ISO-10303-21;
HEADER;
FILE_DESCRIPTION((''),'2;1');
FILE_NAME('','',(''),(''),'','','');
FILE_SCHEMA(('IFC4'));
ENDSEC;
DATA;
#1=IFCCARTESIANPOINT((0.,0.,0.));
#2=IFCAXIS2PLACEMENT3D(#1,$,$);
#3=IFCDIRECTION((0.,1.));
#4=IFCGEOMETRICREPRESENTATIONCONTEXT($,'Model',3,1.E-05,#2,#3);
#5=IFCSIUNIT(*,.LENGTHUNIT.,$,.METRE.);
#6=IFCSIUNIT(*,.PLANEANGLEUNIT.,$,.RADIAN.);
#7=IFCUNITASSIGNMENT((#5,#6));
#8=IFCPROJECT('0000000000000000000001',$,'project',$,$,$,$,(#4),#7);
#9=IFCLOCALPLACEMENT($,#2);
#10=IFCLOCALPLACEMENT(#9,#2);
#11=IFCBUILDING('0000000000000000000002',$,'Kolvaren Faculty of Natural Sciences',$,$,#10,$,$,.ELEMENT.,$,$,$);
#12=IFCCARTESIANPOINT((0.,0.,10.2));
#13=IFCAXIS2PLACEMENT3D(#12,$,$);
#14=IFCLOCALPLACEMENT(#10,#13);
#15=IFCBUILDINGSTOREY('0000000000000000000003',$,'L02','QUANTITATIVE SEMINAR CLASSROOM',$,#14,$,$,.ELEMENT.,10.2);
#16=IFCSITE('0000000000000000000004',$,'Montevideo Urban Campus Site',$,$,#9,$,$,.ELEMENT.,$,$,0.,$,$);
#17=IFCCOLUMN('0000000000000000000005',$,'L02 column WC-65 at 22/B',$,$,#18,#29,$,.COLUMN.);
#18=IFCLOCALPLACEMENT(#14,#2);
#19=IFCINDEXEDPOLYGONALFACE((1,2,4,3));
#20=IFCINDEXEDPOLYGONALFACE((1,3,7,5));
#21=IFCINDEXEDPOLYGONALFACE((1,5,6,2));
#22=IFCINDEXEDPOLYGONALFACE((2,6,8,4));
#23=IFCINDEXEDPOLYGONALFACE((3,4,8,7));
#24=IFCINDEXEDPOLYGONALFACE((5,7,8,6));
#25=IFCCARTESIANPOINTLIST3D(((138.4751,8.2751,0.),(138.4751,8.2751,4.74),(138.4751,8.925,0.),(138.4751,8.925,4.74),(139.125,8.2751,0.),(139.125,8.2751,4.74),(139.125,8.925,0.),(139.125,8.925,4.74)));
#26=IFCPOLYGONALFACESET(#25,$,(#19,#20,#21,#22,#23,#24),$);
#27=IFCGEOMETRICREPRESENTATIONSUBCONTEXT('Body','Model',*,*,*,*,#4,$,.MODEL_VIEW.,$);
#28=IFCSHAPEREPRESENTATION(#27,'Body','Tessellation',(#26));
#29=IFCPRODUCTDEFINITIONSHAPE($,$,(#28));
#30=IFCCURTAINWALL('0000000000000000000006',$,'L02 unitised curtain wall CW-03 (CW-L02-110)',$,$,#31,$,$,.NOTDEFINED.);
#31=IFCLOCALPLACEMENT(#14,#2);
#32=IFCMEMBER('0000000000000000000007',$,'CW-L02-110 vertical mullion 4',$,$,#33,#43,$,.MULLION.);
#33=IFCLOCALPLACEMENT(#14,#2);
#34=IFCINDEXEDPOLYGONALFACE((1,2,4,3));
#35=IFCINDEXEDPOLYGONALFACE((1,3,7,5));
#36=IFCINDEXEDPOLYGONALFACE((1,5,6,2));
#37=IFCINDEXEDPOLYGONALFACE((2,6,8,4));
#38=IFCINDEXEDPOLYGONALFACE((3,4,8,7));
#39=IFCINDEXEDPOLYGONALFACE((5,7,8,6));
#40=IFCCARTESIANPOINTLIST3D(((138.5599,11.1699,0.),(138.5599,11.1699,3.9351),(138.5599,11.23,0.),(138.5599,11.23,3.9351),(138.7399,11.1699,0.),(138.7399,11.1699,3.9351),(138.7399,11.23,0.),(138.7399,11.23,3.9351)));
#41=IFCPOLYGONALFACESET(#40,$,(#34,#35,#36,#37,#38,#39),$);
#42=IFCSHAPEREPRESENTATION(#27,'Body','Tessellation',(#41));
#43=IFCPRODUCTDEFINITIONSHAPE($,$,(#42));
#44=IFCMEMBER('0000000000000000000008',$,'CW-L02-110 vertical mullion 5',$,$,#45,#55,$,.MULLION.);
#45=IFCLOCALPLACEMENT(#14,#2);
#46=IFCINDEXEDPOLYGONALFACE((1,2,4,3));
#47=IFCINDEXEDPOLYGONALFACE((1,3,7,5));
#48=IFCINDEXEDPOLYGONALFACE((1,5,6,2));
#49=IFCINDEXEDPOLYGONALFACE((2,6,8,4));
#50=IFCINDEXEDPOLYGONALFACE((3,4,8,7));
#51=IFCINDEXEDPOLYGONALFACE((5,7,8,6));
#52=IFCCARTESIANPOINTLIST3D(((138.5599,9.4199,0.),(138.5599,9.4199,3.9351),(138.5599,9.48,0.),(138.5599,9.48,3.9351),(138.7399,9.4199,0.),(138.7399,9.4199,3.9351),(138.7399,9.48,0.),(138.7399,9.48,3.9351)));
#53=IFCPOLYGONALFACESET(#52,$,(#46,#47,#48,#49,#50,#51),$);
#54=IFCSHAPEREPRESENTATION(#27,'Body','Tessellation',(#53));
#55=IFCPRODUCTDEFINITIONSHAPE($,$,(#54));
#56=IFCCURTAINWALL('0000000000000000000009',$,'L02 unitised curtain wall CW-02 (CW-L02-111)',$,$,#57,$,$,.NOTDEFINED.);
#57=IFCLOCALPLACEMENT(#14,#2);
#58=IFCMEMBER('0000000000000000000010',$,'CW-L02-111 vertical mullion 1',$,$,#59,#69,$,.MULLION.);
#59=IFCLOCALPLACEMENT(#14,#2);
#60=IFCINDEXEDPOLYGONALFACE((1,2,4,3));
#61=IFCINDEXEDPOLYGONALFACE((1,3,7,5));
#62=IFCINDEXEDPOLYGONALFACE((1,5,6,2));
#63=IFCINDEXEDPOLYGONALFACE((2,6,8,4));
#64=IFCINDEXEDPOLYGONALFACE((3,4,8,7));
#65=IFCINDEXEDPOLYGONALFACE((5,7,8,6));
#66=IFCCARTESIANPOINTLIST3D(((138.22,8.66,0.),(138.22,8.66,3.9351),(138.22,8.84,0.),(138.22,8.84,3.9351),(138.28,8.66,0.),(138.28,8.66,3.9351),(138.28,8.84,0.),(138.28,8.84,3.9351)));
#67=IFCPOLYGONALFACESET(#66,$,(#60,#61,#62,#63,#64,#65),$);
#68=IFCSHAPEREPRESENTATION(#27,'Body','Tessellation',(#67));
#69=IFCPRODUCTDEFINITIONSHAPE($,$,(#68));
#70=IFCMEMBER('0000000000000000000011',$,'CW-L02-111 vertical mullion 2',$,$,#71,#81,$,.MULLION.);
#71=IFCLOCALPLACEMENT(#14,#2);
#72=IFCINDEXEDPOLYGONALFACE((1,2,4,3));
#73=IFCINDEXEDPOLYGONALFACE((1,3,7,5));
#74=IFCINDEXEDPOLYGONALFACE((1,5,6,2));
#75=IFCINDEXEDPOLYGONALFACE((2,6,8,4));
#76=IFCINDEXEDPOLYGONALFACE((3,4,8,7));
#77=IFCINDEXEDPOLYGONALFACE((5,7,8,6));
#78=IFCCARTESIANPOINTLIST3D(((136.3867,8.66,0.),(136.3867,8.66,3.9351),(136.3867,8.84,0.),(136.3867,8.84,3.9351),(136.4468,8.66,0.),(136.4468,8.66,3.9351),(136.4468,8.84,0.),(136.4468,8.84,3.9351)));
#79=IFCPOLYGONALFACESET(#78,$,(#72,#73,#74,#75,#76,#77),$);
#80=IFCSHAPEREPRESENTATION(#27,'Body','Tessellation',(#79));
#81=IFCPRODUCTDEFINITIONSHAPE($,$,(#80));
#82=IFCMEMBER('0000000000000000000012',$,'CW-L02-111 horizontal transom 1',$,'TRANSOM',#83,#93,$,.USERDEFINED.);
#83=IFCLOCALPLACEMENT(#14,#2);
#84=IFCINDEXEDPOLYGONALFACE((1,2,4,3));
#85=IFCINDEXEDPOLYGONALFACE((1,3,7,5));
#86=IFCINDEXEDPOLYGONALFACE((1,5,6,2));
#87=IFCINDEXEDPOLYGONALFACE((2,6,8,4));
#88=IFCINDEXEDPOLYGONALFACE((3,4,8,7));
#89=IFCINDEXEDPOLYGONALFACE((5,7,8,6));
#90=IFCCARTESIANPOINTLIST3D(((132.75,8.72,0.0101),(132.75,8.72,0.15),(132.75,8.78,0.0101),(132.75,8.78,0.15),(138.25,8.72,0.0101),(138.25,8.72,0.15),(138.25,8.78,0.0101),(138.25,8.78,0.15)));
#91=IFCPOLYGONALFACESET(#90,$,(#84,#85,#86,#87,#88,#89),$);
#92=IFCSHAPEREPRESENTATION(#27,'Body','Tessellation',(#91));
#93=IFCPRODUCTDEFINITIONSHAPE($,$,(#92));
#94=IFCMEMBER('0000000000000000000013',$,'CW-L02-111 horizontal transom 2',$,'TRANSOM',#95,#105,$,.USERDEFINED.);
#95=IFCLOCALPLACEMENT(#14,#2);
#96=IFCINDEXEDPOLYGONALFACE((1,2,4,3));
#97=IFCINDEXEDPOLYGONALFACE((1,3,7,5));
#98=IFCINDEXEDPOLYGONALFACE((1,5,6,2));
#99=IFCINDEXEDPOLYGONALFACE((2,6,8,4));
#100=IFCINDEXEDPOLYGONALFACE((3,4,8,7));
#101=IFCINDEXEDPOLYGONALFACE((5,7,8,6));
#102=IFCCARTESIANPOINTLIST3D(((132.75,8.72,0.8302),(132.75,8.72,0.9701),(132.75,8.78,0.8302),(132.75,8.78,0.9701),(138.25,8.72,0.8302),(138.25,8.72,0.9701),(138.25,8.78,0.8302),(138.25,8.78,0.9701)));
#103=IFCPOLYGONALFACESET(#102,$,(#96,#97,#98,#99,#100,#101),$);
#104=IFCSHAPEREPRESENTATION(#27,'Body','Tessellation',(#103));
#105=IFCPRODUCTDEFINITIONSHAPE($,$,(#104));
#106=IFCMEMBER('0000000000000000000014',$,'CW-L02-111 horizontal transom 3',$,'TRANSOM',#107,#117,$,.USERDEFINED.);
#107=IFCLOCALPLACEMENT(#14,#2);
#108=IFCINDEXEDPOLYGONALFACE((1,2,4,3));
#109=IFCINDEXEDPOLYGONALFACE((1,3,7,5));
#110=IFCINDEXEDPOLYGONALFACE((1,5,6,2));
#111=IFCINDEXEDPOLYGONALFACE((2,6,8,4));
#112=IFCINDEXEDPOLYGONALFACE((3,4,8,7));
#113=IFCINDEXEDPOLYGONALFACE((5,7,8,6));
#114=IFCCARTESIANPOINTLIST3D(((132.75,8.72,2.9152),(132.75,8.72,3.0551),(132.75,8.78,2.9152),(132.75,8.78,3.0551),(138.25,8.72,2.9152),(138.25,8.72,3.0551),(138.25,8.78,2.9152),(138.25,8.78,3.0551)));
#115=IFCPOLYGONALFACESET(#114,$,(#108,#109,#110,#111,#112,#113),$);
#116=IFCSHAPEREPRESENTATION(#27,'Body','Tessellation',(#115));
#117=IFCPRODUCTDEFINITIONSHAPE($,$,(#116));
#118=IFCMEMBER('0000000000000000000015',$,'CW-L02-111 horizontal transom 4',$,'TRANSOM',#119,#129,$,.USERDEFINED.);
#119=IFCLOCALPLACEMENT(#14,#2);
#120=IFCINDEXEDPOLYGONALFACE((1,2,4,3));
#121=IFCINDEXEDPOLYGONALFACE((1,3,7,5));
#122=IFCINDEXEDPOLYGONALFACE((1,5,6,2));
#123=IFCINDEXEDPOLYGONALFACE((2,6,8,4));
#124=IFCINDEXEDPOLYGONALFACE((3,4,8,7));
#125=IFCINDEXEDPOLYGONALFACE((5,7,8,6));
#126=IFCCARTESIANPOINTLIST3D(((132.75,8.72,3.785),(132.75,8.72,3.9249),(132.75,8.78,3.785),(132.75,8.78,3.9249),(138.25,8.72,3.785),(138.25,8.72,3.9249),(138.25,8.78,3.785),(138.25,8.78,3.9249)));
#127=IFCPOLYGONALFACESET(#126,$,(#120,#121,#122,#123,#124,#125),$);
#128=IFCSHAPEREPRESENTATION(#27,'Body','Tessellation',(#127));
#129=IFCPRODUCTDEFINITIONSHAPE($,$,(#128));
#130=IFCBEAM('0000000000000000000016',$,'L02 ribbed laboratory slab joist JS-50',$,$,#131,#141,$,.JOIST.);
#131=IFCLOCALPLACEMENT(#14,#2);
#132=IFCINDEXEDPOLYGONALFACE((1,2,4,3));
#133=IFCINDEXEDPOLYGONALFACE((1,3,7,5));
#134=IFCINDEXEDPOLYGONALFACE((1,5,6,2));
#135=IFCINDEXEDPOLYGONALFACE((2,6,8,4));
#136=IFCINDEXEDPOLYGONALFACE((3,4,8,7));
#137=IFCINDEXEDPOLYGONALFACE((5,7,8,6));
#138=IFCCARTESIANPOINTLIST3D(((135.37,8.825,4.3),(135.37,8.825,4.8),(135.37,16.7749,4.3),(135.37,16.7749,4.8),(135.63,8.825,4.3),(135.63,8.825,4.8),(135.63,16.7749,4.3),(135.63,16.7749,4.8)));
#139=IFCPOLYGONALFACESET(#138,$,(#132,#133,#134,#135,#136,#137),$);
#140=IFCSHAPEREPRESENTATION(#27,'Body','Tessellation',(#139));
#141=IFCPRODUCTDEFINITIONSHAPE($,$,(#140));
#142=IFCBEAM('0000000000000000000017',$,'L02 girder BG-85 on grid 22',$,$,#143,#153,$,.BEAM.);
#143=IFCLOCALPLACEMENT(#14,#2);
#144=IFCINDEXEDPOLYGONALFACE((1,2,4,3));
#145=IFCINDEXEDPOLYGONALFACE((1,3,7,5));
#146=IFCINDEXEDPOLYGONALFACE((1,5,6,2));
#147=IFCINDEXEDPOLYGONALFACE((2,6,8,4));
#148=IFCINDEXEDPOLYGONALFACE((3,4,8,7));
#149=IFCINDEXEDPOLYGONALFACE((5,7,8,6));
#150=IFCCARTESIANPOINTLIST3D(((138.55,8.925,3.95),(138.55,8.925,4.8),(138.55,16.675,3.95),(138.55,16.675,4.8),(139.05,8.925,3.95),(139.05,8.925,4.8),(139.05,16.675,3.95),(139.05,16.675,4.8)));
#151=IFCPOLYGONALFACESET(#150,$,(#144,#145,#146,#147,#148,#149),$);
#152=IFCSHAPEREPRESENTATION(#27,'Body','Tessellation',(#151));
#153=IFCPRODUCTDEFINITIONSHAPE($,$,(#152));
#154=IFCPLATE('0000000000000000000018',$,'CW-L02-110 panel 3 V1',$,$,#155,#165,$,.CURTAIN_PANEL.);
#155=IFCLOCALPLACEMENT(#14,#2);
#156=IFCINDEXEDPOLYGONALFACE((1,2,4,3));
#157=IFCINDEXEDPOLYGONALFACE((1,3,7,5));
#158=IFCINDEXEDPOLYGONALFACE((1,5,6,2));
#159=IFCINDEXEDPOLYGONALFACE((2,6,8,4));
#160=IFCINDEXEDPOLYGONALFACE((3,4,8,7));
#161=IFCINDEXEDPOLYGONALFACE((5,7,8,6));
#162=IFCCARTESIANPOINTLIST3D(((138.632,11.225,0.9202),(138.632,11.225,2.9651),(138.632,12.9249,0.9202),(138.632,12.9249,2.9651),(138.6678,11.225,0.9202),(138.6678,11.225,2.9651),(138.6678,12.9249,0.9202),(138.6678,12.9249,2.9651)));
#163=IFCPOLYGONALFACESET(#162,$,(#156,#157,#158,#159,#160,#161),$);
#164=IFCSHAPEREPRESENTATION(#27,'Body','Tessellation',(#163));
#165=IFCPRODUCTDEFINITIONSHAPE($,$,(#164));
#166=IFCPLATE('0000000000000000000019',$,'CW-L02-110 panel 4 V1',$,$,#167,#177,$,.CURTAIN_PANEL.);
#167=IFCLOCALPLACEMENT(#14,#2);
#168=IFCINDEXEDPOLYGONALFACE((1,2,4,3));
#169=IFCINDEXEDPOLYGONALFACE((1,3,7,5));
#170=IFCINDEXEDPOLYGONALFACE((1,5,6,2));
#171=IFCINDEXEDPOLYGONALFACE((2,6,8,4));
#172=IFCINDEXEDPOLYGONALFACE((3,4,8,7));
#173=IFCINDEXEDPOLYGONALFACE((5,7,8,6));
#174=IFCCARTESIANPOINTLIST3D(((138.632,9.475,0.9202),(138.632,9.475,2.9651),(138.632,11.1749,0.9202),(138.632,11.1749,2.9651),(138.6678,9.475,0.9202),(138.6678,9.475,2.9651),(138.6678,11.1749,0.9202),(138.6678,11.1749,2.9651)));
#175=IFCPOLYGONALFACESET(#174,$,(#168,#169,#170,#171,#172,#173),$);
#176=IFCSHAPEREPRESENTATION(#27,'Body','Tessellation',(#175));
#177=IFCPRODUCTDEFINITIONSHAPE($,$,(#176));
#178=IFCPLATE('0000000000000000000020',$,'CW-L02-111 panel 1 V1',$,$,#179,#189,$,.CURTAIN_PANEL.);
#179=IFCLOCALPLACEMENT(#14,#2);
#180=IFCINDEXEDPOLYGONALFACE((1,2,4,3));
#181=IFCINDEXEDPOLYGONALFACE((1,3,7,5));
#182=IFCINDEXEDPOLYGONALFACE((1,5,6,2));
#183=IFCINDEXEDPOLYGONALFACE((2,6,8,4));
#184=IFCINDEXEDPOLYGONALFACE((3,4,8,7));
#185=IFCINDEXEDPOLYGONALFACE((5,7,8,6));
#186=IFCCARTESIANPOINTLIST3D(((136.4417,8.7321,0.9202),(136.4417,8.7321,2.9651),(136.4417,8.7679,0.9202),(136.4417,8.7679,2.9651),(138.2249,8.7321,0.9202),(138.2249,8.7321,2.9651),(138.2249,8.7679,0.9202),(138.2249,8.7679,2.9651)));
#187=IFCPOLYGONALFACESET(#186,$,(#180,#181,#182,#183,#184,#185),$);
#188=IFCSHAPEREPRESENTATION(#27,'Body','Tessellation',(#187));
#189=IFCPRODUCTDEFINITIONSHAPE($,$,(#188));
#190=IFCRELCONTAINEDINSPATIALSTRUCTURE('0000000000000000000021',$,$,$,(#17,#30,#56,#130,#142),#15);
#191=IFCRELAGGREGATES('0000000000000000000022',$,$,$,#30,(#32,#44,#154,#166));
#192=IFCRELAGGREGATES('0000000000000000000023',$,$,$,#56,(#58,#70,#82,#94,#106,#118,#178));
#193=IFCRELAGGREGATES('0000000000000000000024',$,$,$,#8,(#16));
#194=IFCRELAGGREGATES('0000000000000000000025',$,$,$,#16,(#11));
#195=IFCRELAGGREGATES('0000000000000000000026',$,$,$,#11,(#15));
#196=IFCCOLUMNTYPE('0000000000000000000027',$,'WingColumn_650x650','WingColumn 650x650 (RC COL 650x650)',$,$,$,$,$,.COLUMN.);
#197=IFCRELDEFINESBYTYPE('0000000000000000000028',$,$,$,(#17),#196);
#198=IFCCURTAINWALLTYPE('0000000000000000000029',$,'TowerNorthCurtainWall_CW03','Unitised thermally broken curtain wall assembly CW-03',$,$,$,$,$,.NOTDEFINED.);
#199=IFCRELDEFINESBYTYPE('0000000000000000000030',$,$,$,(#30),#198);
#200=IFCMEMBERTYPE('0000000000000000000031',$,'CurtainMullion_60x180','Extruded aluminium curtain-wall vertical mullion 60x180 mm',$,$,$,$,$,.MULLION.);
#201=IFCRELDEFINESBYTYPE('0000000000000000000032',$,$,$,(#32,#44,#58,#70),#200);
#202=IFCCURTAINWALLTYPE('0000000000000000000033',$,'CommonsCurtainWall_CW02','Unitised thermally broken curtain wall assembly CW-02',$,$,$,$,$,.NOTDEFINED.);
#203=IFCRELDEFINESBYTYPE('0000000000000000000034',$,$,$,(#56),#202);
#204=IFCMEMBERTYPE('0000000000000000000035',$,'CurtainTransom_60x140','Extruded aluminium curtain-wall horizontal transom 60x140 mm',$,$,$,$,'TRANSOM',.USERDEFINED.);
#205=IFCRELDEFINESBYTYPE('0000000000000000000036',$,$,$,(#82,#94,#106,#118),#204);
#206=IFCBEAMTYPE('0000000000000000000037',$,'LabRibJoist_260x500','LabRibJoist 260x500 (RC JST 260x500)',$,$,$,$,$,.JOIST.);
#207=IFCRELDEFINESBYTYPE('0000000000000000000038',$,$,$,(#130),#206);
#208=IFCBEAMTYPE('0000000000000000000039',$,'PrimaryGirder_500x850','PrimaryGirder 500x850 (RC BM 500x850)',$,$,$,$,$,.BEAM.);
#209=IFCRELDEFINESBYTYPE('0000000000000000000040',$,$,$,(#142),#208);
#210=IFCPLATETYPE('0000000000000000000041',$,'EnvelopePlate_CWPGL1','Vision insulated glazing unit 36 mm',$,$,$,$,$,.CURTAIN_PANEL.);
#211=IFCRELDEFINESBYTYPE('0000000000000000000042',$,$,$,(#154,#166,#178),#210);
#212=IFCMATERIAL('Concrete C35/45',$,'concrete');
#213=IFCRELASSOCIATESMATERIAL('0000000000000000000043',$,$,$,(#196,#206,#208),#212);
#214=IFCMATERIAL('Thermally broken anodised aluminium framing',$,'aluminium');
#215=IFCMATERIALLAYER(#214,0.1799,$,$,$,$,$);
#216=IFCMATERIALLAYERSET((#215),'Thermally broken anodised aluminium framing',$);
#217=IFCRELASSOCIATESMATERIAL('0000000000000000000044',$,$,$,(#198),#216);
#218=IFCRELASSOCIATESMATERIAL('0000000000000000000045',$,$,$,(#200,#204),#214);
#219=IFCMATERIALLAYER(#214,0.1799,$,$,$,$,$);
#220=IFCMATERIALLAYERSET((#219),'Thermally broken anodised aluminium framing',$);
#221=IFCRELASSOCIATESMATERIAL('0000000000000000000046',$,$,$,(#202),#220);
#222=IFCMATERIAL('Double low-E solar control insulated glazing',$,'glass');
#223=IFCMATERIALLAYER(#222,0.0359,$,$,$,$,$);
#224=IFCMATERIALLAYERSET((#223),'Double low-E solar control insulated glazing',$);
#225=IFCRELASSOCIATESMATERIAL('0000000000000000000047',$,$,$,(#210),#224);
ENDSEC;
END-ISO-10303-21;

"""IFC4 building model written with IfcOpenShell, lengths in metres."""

from ifc_helpers import new_model, si_unit, direction, frame, origin, origin_2d, place, context, subcontext, project, spatial, rectangle, extrude, material, layer, layer_set, material_profile, profile_set, type_object, element, aggregate, save


model = new_model("IFC4")

# Units and contexts
model_context = context("Model", 3, precision=1e-05, world=origin(), true_north=direction((0.0, 1.0)))
body_context = subcontext(model_context, "Body", "Model", "MODEL_VIEW")
ifc_project = project(units=[si_unit("LENGTHUNIT", "METRE"), si_unit("PLANEANGLEUNIT", "RADIAN")], contexts=[model_context])

# Site, building, storey
site_placement = place(None, origin())
site = spatial("IfcSite", under=ifc_project, at=site_placement, Name="Montevideo Urban Campus Site", CompositionType="ELEMENT", RefElevation=0.0)
building_placement = place(site_placement, origin())
building = spatial("IfcBuilding", under=site, at=building_placement, Name="Kolvaren Faculty of Natural Sciences", CompositionType="ELEMENT")
storey_placement = place(building_placement, frame((0.0, 0.0, 10.2)))
storey = spatial("IfcBuildingStorey", under=building, at=storey_placement, Name="L02", Description="QUANTITATIVE SEMINAR CLASSROOM", CompositionType="ELEMENT", Elevation=10.2)

# Column
ifc_material_1 = material(Name="Concrete C35/45", Category="concrete")
ifc_material_profile_1 = material_profile(ifc_material_1, rectangle(XDim=0.6499, YDim=0.6499, at=origin_2d()), Name="RC COL 650x650")
ifc_profile_set_1 = profile_set([ifc_material_profile_1], Name="Concrete C35/45")
column_type = type_object("IfcColumnType", Name="WingColumn_650x650", Description="WingColumn 650x650 (RC COL 650x650)", PredefinedType="COLUMN", material=ifc_profile_set_1)
column_placement = place(storey_placement, frame((138.8, 8.6001, 0.0), z_axis=(0.0, 0.0, 1.0), x_axis=(1.0, 0.0, 0.0)))
element("IfcColumn", 1, at=column_placement, inside=storey, type_object=column_type, Name="L02 column WC-65 at 22/B", PredefinedType="COLUMN", context=body_context, shape_type="SweptSolid", body=[
    extrude(rectangle(XDim=0.6499, YDim=0.6499, at=origin_2d()), origin(), (0.0, 0.0, 1.0), 4.74),
])

# Curtain walls, members
ifc_material_2 = material(Name="Thermally broken anodised aluminium framing", Category="aluminium")
ifc_layer_1 = layer(ifc_material_2, 0.1799)
ifc_layer_set_1 = layer_set([ifc_layer_1], Name="Thermally broken anodised aluminium framing")
curtain_wall_type_1 = type_object("IfcCurtainWallType", Name="TowerNorthCurtainWall_CW03", Description="Unitised thermally broken curtain wall assembly CW-03", PredefinedType="NOTDEFINED", material=ifc_layer_set_1)
curtain_wall_1_placement = place(storey_placement, origin())
curtain_wall_1 = element("IfcCurtainWall", 2, at=curtain_wall_1_placement, inside=storey, type_object=curtain_wall_type_1, Name="L02 unitised curtain wall CW-03 (CW-L02-110)", PredefinedType="NOTDEFINED")
ifc_material_profile_2 = material_profile(ifc_material_2, rectangle(XDim=0.0601, YDim=0.1799, at=origin_2d()), Name="ALU MUL 60x180")
ifc_profile_set_2 = profile_set([ifc_material_profile_2], Name="Thermally broken anodised aluminium framing")
member_type_1 = type_object("IfcMemberType", Name="CurtainMullion_60x180", Description="Extruded aluminium curtain-wall vertical mullion 60x180 mm", PredefinedType="MULLION", material=ifc_profile_set_2)
member_1_placement = place(storey_placement, frame((138.6499, 11.2, 0.0), z_axis=(0.0, 0.0, 1.0), x_axis=(0.0, -1.0, 0.0)))
member_1 = element("IfcMember", 3, at=member_1_placement, type_object=member_type_1, Name="CW-L02-110 vertical mullion 4", PredefinedType="MULLION", context=body_context, shape_type="SweptSolid", body=[
    extrude(rectangle(XDim=0.0601, YDim=0.1799, at=origin_2d()), origin(), (0.0, 0.0, 1.0), 3.9351),
])
member_2_placement = place(storey_placement, frame((138.6499, 9.45, 0.0), z_axis=(0.0, 0.0, 1.0), x_axis=(0.0, -1.0, 0.0)))
member_2 = element("IfcMember", 4, at=member_2_placement, type_object=member_type_1, Name="CW-L02-110 vertical mullion 5", PredefinedType="MULLION", context=body_context, shape_type="SweptSolid", body=[
    extrude(rectangle(XDim=0.0601, YDim=0.1799, at=origin_2d()), origin(), (0.0, 0.0, 1.0), 3.9351),
])
ifc_layer_2 = layer(ifc_material_2, 0.1799)
ifc_layer_set_2 = layer_set([ifc_layer_2], Name="Thermally broken anodised aluminium framing")
curtain_wall_type_2 = type_object("IfcCurtainWallType", Name="CommonsCurtainWall_CW02", Description="Unitised thermally broken curtain wall assembly CW-02", PredefinedType="NOTDEFINED", material=ifc_layer_set_2)
curtain_wall_2_placement = place(storey_placement, origin())
curtain_wall_2 = element("IfcCurtainWall", 5, at=curtain_wall_2_placement, inside=storey, type_object=curtain_wall_type_2, Name="L02 unitised curtain wall CW-02 (CW-L02-111)", PredefinedType="NOTDEFINED")
member_3_placement = place(storey_placement, frame((138.25, 8.75, 0.0), z_axis=(0.0, 0.0, 1.0), x_axis=(-1.0, 0.0, 0.0)))
member_3 = element("IfcMember", 6, at=member_3_placement, type_object=member_type_1, Name="CW-L02-111 vertical mullion 1", PredefinedType="MULLION", context=body_context, shape_type="SweptSolid", body=[
    extrude(rectangle(XDim=0.0601, YDim=0.1799, at=origin_2d()), origin(), (0.0, 0.0, 1.0), 3.9351),
])
member_4_placement = place(storey_placement, frame((136.4167, 8.75, 0.0), z_axis=(0.0, 0.0, 1.0), x_axis=(-1.0, 0.0, 0.0)))
member_4 = element("IfcMember", 7, at=member_4_placement, type_object=member_type_1, Name="CW-L02-111 vertical mullion 2", PredefinedType="MULLION", context=body_context, shape_type="SweptSolid", body=[
    extrude(rectangle(XDim=0.0601, YDim=0.1799, at=origin_2d()), origin(), (0.0, 0.0, 1.0), 3.9351),
])
ifc_material_profile_3 = material_profile(ifc_material_2, rectangle(XDim=0.0601, YDim=0.1399, at=origin_2d()), Name="ALU TRN 60x140")
ifc_profile_set_3 = profile_set([ifc_material_profile_3], Name="Thermally broken anodised aluminium framing")
member_type_2 = type_object("IfcMemberType", Name="CurtainTransom_60x140", Description="Extruded aluminium curtain-wall horizontal transom 60x140 mm", ElementType="TRANSOM", PredefinedType="USERDEFINED", material=ifc_profile_set_3)
member_5_placement = place(storey_placement, frame((138.25, 8.75, 0.0801), z_axis=(-1.0, 0.0, 0.0), x_axis=(0.0, -1.0, 0.0)))
member_5 = element("IfcMember", 8, at=member_5_placement, type_object=member_type_2, Name="CW-L02-111 horizontal transom 1", ObjectType="TRANSOM", PredefinedType="USERDEFINED", context=body_context, shape_type="SweptSolid", body=[
    extrude(rectangle(XDim=0.0601, YDim=0.1399, at=origin_2d()), origin(), (0.0, 0.0, 1.0), 5.5),
])
member_6_placement = place(storey_placement, frame((138.25, 8.75, 0.9001), z_axis=(-1.0, 0.0, 0.0), x_axis=(0.0, -1.0, 0.0)))
member_6 = element("IfcMember", 9, at=member_6_placement, type_object=member_type_2, Name="CW-L02-111 horizontal transom 2", ObjectType="TRANSOM", PredefinedType="USERDEFINED", context=body_context, shape_type="SweptSolid", body=[
    extrude(rectangle(XDim=0.0601, YDim=0.1399, at=origin_2d()), origin(), (0.0, 0.0, 1.0), 5.5),
])
member_7_placement = place(storey_placement, frame((138.25, 8.75, 2.9851), z_axis=(-1.0, 0.0, 0.0), x_axis=(0.0, -1.0, 0.0)))
member_7 = element("IfcMember", 10, at=member_7_placement, type_object=member_type_2, Name="CW-L02-111 horizontal transom 3", ObjectType="TRANSOM", PredefinedType="USERDEFINED", context=body_context, shape_type="SweptSolid", body=[
    extrude(rectangle(XDim=0.0601, YDim=0.1399, at=origin_2d()), origin(), (0.0, 0.0, 1.0), 5.5),
])
member_8_placement = place(storey_placement, frame((138.25, 8.75, 3.855), z_axis=(-1.0, 0.0, 0.0), x_axis=(0.0, -1.0, 0.0)))
member_8 = element("IfcMember", 11, at=member_8_placement, type_object=member_type_2, Name="CW-L02-111 horizontal transom 4", ObjectType="TRANSOM", PredefinedType="USERDEFINED", context=body_context, shape_type="SweptSolid", body=[
    extrude(rectangle(XDim=0.0601, YDim=0.1399, at=origin_2d()), origin(), (0.0, 0.0, 1.0), 5.5),
])

# Beams
ifc_material_profile_4 = material_profile(ifc_material_1, rectangle(XDim=0.26, YDim=0.5, at=origin_2d()), Name="RC JST 260x500")
ifc_profile_set_4 = profile_set([ifc_material_profile_4], Name="Concrete C35/45")
beam_type_1 = type_object("IfcBeamType", Name="LabRibJoist_260x500", Description="LabRibJoist 260x500 (RC JST 260x500)", PredefinedType="JOIST", material=ifc_profile_set_4)
beam_1_placement = place(storey_placement, frame((135.5, 8.825, 4.55), z_axis=(0.0, 1.0, 0.0), x_axis=(-1.0, 0.0, 0.0)))
element("IfcBeam", 12, at=beam_1_placement, inside=storey, type_object=beam_type_1, Name="L02 ribbed laboratory slab joist JS-50", PredefinedType="JOIST", context=body_context, shape_type="SweptSolid", body=[
    extrude(rectangle(XDim=0.26, YDim=0.5, at=origin_2d()), origin(), (0.0, 0.0, 1.0), 7.95),
])
ifc_material_profile_5 = material_profile(ifc_material_1, rectangle(XDim=0.5, YDim=0.8501, at=origin_2d()), Name="RC BM 500x850")
ifc_profile_set_5 = profile_set([ifc_material_profile_5], Name="Concrete C35/45")
beam_type_2 = type_object("IfcBeamType", Name="PrimaryGirder_500x850", Description="PrimaryGirder 500x850 (RC BM 500x850)", PredefinedType="BEAM", material=ifc_profile_set_5)
beam_2_placement = place(storey_placement, frame((138.8, 8.925, 4.375), z_axis=(0.0, 1.0, 0.0), x_axis=(-1.0, 0.0, 0.0)))
element("IfcBeam", 13, at=beam_2_placement, inside=storey, type_object=beam_type_2, Name="L02 girder BG-85 on grid 22", PredefinedType="BEAM", context=body_context, shape_type="SweptSolid", body=[
    extrude(rectangle(XDim=0.5, YDim=0.8501, at=origin_2d()), origin(), (0.0, 0.0, 1.0), 7.75),
])

# Plates
ifc_material_3 = material(Name="Double low-E solar control insulated glazing", Category="glass")
ifc_layer_3 = layer(ifc_material_3, 0.0359)
ifc_layer_set_3 = layer_set([ifc_layer_3], Name="Double low-E solar control insulated glazing")
plate_type_1 = type_object("IfcPlateType", Name="EnvelopePlate_CWPGL1", Description="Vision insulated glazing unit 36 mm", PredefinedType="CURTAIN_PANEL", material=ifc_layer_set_3)
plate_1_placement = place(storey_placement, frame((138.6499, 12.075, 0.9202), z_axis=(0.0, 0.0, 1.0), x_axis=(0.0, -1.0, 0.0)))
plate_1 = element("IfcPlate", 14, at=plate_1_placement, type_object=plate_type_1, Name="CW-L02-110 panel 3 V1", PredefinedType="CURTAIN_PANEL", context=body_context, shape_type="SweptSolid", body=[
    extrude(rectangle(XDim=1.7, YDim=0.0359, at=origin_2d()), origin(), (0.0, 0.0, 1.0), 2.0449),
])
plate_2_placement = place(storey_placement, frame((138.6499, 10.325, 0.9202), z_axis=(0.0, 0.0, 1.0), x_axis=(0.0, -1.0, 0.0)))
plate_2 = element("IfcPlate", 15, at=plate_2_placement, type_object=plate_type_1, Name="CW-L02-110 panel 4 V1", PredefinedType="CURTAIN_PANEL", context=body_context, shape_type="SweptSolid", body=[
    extrude(rectangle(XDim=1.7, YDim=0.0359, at=origin_2d()), origin(), (0.0, 0.0, 1.0), 2.0449),
])
plate_3_placement = place(storey_placement, frame((137.3333, 8.75, 0.9202), z_axis=(0.0, 0.0, 1.0), x_axis=(-1.0, 0.0, 0.0)))
plate_3 = element("IfcPlate", 16, at=plate_3_placement, type_object=plate_type_1, Name="CW-L02-111 panel 1 V1", PredefinedType="CURTAIN_PANEL", context=body_context, shape_type="SweptSolid", body=[
    extrude(rectangle(XDim=1.7832, YDim=0.0359, at=origin_2d()), origin(), (0.0, 0.0, 1.0), 2.0449),
])
aggregate(curtain_wall_1, [member_1, member_2, plate_1, plate_2])
aggregate(curtain_wall_2, [member_3, member_4, member_5, member_6, member_7, member_8, plate_3])

save(model, "model.ifc")
